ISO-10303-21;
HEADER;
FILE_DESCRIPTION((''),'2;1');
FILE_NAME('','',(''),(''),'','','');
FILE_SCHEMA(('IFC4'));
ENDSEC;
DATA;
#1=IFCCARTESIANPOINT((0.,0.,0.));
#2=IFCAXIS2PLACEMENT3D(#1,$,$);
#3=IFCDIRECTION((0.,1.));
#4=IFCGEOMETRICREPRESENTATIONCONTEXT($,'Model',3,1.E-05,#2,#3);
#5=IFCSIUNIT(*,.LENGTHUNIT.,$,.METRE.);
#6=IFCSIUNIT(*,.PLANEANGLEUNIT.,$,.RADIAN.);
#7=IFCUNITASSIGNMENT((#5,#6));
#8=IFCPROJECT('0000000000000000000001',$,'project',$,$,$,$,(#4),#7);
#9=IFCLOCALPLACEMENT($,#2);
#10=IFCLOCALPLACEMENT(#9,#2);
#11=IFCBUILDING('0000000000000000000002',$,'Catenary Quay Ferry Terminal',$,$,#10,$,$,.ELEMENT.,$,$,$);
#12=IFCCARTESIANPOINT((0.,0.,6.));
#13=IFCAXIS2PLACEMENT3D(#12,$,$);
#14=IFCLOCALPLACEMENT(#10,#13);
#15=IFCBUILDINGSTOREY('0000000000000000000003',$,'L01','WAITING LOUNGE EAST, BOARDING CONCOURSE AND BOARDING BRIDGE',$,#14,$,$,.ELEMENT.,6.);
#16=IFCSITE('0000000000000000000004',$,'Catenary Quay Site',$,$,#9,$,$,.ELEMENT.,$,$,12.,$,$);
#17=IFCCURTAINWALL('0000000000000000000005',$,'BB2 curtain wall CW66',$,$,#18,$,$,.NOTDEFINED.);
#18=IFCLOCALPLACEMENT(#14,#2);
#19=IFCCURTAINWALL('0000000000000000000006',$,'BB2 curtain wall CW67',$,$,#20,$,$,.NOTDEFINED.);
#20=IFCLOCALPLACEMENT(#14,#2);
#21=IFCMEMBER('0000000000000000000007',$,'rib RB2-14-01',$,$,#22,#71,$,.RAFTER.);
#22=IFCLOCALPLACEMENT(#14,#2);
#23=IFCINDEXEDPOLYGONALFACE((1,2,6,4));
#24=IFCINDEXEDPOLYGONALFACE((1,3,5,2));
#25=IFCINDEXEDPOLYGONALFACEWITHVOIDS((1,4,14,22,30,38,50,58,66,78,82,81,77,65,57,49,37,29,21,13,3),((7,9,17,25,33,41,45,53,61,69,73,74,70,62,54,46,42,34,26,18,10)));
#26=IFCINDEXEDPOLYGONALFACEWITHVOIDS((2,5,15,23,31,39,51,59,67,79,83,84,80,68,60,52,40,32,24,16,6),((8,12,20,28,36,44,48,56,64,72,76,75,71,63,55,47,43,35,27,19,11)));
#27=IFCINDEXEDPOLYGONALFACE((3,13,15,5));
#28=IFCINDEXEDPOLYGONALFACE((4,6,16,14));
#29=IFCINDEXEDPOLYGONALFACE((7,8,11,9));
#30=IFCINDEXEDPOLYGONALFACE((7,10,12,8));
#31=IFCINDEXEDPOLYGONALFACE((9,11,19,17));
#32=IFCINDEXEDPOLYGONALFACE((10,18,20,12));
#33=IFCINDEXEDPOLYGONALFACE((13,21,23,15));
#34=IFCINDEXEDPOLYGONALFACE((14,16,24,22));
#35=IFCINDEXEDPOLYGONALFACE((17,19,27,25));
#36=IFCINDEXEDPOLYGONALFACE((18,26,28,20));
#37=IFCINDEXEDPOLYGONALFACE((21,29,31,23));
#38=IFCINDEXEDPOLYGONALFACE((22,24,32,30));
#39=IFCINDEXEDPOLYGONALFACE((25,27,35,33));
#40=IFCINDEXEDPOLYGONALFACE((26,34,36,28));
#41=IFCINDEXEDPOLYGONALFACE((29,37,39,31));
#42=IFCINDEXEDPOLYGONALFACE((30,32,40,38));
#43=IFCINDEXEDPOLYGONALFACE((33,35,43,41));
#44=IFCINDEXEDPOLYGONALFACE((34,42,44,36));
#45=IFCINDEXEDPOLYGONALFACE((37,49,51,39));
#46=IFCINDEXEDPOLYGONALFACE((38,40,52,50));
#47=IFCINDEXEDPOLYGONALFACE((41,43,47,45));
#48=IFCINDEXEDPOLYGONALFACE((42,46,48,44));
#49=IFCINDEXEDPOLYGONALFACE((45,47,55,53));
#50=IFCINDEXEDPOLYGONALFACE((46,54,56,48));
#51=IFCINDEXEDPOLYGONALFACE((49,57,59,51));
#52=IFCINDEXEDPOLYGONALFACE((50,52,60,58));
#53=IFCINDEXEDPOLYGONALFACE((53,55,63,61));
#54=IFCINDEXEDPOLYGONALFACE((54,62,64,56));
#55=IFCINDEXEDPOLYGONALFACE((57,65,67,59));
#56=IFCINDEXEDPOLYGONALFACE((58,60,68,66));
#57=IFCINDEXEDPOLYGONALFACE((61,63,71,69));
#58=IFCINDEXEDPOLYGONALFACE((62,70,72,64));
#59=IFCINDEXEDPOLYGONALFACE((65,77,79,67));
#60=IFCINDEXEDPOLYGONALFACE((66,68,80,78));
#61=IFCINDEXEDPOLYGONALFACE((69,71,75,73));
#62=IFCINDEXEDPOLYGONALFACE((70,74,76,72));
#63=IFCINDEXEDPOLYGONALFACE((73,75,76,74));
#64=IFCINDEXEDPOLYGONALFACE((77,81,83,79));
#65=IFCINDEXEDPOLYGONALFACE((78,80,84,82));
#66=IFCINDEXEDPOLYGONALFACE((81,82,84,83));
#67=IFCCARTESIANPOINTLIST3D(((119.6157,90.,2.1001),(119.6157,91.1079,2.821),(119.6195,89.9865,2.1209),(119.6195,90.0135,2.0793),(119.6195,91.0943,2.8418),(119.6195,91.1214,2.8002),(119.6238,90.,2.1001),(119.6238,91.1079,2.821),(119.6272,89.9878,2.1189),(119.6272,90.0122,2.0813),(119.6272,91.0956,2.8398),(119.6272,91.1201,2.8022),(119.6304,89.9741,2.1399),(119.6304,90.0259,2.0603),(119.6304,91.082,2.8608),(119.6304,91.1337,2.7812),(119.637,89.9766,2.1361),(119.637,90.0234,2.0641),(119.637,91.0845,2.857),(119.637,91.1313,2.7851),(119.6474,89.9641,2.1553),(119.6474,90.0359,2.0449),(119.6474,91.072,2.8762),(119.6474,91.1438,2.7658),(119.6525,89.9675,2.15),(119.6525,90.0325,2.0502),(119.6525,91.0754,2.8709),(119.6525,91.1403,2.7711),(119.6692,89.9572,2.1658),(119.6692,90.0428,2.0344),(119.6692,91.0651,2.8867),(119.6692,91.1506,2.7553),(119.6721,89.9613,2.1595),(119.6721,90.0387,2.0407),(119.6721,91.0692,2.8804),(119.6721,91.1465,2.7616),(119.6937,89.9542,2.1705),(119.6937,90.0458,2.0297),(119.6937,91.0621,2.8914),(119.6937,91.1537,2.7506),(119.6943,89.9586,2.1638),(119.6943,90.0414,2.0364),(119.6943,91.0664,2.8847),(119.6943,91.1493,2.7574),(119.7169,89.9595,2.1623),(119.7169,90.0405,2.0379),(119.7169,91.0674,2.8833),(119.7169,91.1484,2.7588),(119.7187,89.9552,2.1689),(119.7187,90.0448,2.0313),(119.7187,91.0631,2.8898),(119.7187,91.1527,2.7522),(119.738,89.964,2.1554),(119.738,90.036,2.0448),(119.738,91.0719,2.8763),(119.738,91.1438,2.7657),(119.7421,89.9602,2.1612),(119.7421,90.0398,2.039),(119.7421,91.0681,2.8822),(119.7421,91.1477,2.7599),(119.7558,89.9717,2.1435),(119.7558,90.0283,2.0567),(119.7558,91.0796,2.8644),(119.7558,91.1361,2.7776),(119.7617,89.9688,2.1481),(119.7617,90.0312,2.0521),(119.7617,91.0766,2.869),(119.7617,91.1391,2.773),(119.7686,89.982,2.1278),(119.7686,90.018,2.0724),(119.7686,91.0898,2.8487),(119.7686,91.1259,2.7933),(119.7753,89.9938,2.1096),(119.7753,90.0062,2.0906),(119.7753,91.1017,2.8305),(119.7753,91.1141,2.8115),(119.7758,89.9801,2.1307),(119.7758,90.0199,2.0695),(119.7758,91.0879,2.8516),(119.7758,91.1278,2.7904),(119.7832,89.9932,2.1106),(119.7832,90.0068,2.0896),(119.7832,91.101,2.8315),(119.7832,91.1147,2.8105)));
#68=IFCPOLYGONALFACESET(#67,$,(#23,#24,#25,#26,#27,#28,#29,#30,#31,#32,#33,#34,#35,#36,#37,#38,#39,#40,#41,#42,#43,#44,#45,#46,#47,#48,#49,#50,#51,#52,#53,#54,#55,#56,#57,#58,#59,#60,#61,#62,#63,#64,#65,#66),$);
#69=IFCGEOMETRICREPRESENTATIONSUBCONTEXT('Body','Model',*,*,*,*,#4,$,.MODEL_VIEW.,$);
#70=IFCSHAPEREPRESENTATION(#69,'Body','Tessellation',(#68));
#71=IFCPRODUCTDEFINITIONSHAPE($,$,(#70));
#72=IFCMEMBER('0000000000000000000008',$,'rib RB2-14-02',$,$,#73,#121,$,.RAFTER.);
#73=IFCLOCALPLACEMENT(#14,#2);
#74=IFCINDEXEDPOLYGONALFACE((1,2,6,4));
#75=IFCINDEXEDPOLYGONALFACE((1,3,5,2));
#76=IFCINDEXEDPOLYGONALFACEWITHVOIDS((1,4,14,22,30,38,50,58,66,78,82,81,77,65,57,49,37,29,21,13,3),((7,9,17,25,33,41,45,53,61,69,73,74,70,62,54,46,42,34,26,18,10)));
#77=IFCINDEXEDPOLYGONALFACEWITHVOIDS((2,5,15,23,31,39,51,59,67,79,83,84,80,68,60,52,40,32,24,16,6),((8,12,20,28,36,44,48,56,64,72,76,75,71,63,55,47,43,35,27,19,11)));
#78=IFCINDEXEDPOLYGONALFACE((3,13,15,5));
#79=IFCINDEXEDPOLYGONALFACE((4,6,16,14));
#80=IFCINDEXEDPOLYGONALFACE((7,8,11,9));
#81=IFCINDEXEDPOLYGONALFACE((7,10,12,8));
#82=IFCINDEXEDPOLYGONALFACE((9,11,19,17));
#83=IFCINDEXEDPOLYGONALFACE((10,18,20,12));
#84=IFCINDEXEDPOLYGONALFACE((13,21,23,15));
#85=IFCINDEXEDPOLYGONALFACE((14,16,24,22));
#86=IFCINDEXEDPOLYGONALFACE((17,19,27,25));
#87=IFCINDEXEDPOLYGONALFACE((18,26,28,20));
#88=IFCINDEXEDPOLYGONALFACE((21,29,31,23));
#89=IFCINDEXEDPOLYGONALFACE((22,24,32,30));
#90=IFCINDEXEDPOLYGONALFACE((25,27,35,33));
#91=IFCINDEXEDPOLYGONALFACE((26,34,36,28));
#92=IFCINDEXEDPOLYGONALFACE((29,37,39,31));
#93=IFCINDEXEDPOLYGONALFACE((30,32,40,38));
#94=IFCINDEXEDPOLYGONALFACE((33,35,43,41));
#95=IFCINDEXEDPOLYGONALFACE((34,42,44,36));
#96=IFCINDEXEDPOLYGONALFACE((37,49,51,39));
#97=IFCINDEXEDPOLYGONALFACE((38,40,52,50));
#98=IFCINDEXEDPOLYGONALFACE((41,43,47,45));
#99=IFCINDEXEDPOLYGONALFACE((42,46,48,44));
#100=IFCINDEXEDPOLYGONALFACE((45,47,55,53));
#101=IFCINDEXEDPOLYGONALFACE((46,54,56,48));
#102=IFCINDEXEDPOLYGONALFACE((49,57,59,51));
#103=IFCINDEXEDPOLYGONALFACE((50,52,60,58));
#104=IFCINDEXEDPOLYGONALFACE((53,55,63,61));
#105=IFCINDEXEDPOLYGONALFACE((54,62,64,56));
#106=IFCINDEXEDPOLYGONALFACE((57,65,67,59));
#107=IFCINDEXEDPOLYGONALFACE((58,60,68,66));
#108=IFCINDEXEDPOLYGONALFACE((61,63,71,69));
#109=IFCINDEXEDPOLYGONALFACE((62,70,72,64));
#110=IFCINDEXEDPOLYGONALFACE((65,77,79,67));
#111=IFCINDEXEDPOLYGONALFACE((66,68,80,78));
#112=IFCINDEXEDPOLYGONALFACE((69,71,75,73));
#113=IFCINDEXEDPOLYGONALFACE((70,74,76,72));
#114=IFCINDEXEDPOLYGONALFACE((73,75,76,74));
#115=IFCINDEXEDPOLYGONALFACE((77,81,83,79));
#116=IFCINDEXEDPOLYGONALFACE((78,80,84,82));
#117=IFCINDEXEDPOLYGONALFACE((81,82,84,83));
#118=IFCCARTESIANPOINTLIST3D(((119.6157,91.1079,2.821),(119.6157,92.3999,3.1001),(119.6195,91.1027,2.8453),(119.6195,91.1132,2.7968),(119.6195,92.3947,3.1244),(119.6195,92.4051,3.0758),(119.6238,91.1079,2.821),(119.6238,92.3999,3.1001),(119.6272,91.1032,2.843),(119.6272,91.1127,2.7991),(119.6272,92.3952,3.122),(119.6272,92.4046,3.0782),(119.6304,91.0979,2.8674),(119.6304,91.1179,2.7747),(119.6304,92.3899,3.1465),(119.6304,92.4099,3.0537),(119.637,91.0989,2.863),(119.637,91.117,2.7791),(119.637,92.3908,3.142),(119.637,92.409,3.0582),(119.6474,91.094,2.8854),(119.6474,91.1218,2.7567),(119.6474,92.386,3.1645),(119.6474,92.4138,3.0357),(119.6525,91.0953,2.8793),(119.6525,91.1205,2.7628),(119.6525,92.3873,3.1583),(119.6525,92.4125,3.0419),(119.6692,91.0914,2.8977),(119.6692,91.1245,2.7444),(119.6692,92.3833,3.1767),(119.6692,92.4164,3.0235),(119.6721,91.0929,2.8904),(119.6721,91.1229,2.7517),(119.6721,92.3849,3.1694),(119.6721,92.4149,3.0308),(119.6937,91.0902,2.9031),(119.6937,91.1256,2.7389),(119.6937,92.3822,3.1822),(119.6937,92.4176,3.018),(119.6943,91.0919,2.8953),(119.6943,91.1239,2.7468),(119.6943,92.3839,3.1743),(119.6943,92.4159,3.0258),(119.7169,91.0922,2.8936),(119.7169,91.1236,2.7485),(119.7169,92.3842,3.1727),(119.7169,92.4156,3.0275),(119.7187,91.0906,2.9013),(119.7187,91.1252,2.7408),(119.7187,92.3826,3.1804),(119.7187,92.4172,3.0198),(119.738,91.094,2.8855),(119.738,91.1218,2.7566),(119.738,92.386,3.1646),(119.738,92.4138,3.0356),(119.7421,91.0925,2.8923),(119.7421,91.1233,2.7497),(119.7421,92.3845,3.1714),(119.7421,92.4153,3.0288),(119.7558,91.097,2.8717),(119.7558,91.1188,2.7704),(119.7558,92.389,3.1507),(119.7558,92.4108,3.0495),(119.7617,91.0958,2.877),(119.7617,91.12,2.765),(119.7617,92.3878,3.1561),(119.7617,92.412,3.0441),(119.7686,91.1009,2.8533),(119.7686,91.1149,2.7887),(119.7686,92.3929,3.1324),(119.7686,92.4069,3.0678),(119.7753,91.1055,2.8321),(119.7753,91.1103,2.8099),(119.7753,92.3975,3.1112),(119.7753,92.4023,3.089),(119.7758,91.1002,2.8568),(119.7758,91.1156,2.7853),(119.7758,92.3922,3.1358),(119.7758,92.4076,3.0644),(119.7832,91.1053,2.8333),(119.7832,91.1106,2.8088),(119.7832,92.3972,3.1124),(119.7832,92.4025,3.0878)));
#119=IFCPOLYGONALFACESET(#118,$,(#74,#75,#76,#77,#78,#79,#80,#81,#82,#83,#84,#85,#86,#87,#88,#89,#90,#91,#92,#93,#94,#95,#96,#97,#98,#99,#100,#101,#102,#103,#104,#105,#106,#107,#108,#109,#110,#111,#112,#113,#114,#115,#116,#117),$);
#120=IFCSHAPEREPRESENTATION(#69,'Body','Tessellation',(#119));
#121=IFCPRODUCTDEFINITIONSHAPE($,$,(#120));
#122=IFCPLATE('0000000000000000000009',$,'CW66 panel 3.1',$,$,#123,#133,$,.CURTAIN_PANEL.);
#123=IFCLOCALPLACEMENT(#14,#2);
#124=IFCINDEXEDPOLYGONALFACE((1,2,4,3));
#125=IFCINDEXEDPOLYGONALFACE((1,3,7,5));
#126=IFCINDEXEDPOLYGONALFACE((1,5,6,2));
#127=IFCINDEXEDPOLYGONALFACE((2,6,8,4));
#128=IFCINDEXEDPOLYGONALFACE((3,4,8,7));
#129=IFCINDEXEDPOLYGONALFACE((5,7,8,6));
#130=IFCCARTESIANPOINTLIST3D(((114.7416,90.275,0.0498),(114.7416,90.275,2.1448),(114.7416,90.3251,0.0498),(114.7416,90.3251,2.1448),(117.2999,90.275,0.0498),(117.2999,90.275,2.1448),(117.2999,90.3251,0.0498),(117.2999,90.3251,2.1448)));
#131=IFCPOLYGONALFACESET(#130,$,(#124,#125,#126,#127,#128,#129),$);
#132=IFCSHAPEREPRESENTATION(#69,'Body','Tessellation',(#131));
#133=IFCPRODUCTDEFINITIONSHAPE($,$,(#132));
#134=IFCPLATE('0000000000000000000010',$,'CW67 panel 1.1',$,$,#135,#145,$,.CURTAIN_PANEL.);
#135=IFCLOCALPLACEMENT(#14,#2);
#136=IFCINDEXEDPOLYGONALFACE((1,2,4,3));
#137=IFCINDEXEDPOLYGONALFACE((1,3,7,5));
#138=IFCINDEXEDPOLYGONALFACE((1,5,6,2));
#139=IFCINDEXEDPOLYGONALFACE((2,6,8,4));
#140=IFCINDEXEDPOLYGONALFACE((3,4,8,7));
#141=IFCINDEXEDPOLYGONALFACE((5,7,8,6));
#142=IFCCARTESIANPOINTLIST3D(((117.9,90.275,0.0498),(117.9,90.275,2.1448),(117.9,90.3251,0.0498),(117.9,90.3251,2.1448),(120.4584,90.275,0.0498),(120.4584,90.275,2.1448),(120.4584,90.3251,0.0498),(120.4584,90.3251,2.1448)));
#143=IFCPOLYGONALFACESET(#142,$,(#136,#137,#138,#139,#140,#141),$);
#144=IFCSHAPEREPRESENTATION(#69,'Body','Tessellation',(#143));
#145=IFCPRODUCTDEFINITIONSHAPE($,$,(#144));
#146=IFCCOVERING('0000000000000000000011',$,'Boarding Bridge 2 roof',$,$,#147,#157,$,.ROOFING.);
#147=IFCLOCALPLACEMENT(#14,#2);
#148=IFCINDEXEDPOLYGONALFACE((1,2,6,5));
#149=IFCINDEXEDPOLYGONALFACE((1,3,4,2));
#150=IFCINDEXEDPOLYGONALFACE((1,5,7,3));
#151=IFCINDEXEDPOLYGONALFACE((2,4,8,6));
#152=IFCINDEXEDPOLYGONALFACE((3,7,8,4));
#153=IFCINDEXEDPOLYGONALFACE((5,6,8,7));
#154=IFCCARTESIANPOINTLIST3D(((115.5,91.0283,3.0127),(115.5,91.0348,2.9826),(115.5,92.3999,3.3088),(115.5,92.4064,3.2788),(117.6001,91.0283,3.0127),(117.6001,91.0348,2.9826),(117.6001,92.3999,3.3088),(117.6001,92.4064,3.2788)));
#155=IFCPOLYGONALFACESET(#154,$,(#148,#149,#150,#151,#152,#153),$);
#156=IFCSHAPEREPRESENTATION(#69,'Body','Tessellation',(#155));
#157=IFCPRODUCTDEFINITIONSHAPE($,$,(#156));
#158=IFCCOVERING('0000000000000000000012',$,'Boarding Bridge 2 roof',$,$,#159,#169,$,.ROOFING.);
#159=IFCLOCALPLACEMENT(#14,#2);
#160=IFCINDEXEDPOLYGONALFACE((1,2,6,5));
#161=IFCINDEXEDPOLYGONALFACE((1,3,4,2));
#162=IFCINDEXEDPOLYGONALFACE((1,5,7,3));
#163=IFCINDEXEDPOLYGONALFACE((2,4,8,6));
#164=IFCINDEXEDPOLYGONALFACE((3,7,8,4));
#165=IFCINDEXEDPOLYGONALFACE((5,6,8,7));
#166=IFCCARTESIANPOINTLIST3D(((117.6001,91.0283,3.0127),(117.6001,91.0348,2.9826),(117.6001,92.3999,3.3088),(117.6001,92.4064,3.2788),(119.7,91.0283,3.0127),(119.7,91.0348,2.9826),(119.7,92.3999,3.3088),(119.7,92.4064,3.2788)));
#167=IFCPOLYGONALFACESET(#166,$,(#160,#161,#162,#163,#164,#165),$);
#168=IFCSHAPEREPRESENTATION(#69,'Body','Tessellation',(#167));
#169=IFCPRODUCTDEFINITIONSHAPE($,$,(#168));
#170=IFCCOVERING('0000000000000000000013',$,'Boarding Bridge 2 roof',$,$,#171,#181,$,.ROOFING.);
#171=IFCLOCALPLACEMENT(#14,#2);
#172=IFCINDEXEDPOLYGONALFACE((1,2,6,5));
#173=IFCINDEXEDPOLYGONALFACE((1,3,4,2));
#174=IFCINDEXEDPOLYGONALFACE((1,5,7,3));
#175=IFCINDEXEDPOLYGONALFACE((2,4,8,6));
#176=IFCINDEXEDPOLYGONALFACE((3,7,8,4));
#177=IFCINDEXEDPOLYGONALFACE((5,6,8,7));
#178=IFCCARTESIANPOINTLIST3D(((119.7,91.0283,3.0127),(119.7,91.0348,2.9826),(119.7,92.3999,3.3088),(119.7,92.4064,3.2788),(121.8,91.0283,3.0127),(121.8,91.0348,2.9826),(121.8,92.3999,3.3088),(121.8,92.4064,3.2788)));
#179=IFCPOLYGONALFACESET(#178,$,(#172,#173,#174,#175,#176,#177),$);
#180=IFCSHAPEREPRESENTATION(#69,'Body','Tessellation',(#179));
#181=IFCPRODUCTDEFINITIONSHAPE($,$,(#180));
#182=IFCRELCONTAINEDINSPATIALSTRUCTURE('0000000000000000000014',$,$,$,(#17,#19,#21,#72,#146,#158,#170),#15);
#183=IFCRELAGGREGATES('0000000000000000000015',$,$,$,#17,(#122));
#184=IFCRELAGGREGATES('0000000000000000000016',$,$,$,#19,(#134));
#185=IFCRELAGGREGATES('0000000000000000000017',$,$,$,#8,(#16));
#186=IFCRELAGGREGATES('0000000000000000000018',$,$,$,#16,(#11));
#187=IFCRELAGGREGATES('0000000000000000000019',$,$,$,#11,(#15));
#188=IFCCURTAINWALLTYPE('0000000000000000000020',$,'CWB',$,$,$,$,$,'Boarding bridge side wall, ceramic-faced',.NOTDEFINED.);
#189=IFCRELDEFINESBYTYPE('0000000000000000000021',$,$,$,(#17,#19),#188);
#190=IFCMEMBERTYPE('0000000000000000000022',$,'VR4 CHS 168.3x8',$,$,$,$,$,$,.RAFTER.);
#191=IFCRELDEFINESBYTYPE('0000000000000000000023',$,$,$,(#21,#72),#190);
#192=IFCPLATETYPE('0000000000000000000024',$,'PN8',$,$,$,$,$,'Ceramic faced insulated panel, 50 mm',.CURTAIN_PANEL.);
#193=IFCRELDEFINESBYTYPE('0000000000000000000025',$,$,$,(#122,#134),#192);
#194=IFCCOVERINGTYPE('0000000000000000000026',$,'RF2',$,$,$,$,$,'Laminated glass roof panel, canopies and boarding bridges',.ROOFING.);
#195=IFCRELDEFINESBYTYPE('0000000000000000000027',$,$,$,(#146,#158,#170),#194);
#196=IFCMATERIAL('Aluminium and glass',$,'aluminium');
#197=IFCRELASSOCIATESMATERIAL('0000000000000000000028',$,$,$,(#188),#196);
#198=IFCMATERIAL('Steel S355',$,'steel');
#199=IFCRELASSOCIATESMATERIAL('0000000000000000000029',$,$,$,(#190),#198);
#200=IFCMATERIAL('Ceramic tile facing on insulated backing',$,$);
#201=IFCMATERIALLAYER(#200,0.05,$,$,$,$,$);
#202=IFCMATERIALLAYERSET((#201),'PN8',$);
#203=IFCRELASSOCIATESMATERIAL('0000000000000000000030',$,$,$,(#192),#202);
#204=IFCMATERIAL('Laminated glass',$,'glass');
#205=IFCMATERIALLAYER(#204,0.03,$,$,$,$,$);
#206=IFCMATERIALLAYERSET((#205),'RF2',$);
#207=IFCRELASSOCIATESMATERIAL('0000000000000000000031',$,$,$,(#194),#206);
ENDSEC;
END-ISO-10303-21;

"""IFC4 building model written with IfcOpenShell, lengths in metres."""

from ifc_helpers import new_model, si_unit, direction, frame, origin, origin_2d, place, context, subcontext, project, spatial, polyline, rectangle, hollow_circle, outline, extrude, material, layer, layer_set, material_profile, profile_set, type_object, element, aggregate, save


model = new_model("IFC4")

# Units and contexts
model_context = context("Model", 3, precision=1e-05, world=origin(), true_north=direction((0.0, 1.0)))
body_context = subcontext(model_context, "Body", "Model", "MODEL_VIEW")
ifc_project = project(units=[si_unit("LENGTHUNIT", "METRE"), si_unit("PLANEANGLEUNIT", "RADIAN")], contexts=[model_context])

# Site, building, storey
site_placement = place(None, origin())
site = spatial("IfcSite", under=ifc_project, at=site_placement, Name="Catenary Quay Site", CompositionType="ELEMENT", RefElevation=12.0)
building_placement = place(site_placement, origin())
building = spatial("IfcBuilding", under=site, at=building_placement, Name="Catenary Quay Ferry Terminal", CompositionType="ELEMENT")
storey_placement = place(building_placement, frame((0.0, 0.0, 6.0)))
storey = spatial("IfcBuildingStorey", under=building, at=storey_placement, Name="L01", Description="WAITING LOUNGE EAST, BOARDING CONCOURSE AND BOARDING BRIDGE", CompositionType="ELEMENT", Elevation=6.0)

# Curtain walls
ifc_material_1 = material(Name="Aluminium and glass", Category="aluminium")
curtain_wall_type = type_object("IfcCurtainWallType", Name="CWB", ElementType="Boarding bridge side wall, ceramic-faced", PredefinedType="NOTDEFINED", material=ifc_material_1)
curtain_wall_1_placement = place(storey_placement, origin())
curtain_wall_1 = element("IfcCurtainWall", 1, at=curtain_wall_1_placement, inside=storey, type_object=curtain_wall_type, Name="BB2 curtain wall CW66", PredefinedType="NOTDEFINED")
curtain_wall_2_placement = place(storey_placement, origin())
curtain_wall_2 = element("IfcCurtainWall", 2, at=curtain_wall_2_placement, inside=storey, type_object=curtain_wall_type, Name="BB2 curtain wall CW67", PredefinedType="NOTDEFINED")

# Members
ifc_material_2 = material(Name="Steel S355", Category="steel")
ifc_material_profile_1 = material_profile(ifc_material_2, hollow_circle(Radius=0.0842, WallThickness=0.0081, at=origin_2d()), Name="CHS 168.3x8")
ifc_profile_set_1 = profile_set([ifc_material_profile_1], Name="Steel S355")
member_type_1 = type_object("IfcMemberType", Name="VR4 CHS 168.3x8", PredefinedType="RAFTER", material=ifc_profile_set_1)
for number, where, z_axis, x_axis, name in (
    (3, (119.7, 90.0, 2.1001), (0.0, 0.838165, 0.545417), (-1.0, 0.0, 0.0), "rib RB2-14-01"),
    (4, (119.7, 91.1079, 2.821), (0.0, 0.977461, 0.211118), (-1.0, 0.0, 0.0), "rib RB2-14-02"),
):
    element("IfcMember", number, at=place(storey_placement, frame(where, z_axis=z_axis, x_axis=x_axis)), inside=storey, type_object=member_type_1, Name=name, PredefinedType="RAFTER", context=body_context, shape_type="SweptSolid", body=[
        extrude(hollow_circle(Radius=0.0842, WallThickness=0.0081, at=origin_2d()), origin(), (0.0, 0.0, 1.0), 1.3218),
    ])

# Plates
ifc_material_3 = material(Name="Ceramic tile facing on insulated backing")
ifc_layer_1 = layer(ifc_material_3, 0.05)
ifc_layer_set_1 = layer_set([ifc_layer_1], Name="PN8")
plate_type = type_object("IfcPlateType", Name="PN8", ElementType="Ceramic faced insulated panel, 50 mm", PredefinedType="CURTAIN_PANEL", material=ifc_layer_set_1)
plate_1_placement = place(storey_placement, frame((116.0208, 90.3, 0.0498), z_axis=(0.0, 0.0, 1.0), x_axis=(1.0, 0.0, 0.0)))
plate_1 = element("IfcPlate", 5, at=plate_1_placement, type_object=plate_type, Name="CW66 panel 3.1", PredefinedType="CURTAIN_PANEL", context=body_context, shape_type="SweptSolid", body=[
    extrude(rectangle(XDim=2.5583, YDim=0.05, at=origin_2d()), origin(), (0.0, 0.0, 1.0), 2.095),
])
aggregate(curtain_wall_1, [plate_1])
plate_2_placement = place(storey_placement, frame((119.1792, 90.3, 0.0498), z_axis=(0.0, 0.0, 1.0), x_axis=(1.0, 0.0, 0.0)))
plate_2 = element("IfcPlate", 6, at=plate_2_placement, type_object=plate_type, Name="CW67 panel 1.1", PredefinedType="CURTAIN_PANEL", context=body_context, shape_type="SweptSolid", body=[
    extrude(rectangle(XDim=2.5583, YDim=0.05, at=origin_2d()), origin(), (0.0, 0.0, 1.0), 2.095),
])
aggregate(curtain_wall_2, [plate_2])

# Coverings
ifc_material_4 = material(Name="Laminated glass", Category="glass")
ifc_layer_2 = layer(ifc_material_4, 0.03)
ifc_layer_set_2 = layer_set([ifc_layer_2], Name="RF2")
covering_type = type_object("IfcCoveringType", Name="RF2", ElementType="Laminated glass roof panel, canopies and boarding bridges", PredefinedType="ROOFING", material=ifc_layer_set_2)
covering_1_placement = place(storey_placement, frame((115.5, 91.0283, 3.0127), z_axis=(0.0, -0.21105, 0.977475), x_axis=(1.0, 0.0, 0.0)))
element("IfcCovering", 7, at=covering_1_placement, inside=storey, type_object=covering_type, Name="Boarding Bridge 2 roof", PredefinedType="ROOFING", context=body_context, shape_type="SweptSolid", body=[
    extrude(outline(polyline([(0.0, 0.0), (2.1001, 0.0), (2.1001, 1.4032), (0.0, 1.4032), (0.0, 0.0)])), origin(), (0.0, 0.0, -1.0), 0.0308),
])
covering_2_placement = place(storey_placement, frame((117.6001, 91.0283, 3.0127), z_axis=(0.0, -0.21105, 0.977475), x_axis=(1.0, 0.0, 0.0)))
element("IfcCovering", 8, at=covering_2_placement, inside=storey, type_object=covering_type, Name="Boarding Bridge 2 roof", PredefinedType="ROOFING", context=body_context, shape_type="SweptSolid", body=[
    extrude(outline(polyline([(0.0, 0.0), (2.0999, 0.0), (2.0999, 1.4032), (0.0, 1.4032), (0.0, 0.0)])), origin(), (0.0, 0.0, -1.0), 0.0308),
])
covering_3_placement = place(storey_placement, frame((119.7, 91.0283, 3.0127), z_axis=(0.0, -0.21105, 0.977475), x_axis=(1.0, 0.0, 0.0)))
element("IfcCovering", 9, at=covering_3_placement, inside=storey, type_object=covering_type, Name="Boarding Bridge 2 roof", PredefinedType="ROOFING", context=body_context, shape_type="SweptSolid", body=[
    extrude(outline(polyline([(0.0, 0.0), (2.1001, 0.0), (2.1001, 1.4032), (0.0, 1.4032), (0.0, 0.0)])), origin(), (0.0, 0.0, -1.0), 0.0308),
])

save(model, "model.ifc")
